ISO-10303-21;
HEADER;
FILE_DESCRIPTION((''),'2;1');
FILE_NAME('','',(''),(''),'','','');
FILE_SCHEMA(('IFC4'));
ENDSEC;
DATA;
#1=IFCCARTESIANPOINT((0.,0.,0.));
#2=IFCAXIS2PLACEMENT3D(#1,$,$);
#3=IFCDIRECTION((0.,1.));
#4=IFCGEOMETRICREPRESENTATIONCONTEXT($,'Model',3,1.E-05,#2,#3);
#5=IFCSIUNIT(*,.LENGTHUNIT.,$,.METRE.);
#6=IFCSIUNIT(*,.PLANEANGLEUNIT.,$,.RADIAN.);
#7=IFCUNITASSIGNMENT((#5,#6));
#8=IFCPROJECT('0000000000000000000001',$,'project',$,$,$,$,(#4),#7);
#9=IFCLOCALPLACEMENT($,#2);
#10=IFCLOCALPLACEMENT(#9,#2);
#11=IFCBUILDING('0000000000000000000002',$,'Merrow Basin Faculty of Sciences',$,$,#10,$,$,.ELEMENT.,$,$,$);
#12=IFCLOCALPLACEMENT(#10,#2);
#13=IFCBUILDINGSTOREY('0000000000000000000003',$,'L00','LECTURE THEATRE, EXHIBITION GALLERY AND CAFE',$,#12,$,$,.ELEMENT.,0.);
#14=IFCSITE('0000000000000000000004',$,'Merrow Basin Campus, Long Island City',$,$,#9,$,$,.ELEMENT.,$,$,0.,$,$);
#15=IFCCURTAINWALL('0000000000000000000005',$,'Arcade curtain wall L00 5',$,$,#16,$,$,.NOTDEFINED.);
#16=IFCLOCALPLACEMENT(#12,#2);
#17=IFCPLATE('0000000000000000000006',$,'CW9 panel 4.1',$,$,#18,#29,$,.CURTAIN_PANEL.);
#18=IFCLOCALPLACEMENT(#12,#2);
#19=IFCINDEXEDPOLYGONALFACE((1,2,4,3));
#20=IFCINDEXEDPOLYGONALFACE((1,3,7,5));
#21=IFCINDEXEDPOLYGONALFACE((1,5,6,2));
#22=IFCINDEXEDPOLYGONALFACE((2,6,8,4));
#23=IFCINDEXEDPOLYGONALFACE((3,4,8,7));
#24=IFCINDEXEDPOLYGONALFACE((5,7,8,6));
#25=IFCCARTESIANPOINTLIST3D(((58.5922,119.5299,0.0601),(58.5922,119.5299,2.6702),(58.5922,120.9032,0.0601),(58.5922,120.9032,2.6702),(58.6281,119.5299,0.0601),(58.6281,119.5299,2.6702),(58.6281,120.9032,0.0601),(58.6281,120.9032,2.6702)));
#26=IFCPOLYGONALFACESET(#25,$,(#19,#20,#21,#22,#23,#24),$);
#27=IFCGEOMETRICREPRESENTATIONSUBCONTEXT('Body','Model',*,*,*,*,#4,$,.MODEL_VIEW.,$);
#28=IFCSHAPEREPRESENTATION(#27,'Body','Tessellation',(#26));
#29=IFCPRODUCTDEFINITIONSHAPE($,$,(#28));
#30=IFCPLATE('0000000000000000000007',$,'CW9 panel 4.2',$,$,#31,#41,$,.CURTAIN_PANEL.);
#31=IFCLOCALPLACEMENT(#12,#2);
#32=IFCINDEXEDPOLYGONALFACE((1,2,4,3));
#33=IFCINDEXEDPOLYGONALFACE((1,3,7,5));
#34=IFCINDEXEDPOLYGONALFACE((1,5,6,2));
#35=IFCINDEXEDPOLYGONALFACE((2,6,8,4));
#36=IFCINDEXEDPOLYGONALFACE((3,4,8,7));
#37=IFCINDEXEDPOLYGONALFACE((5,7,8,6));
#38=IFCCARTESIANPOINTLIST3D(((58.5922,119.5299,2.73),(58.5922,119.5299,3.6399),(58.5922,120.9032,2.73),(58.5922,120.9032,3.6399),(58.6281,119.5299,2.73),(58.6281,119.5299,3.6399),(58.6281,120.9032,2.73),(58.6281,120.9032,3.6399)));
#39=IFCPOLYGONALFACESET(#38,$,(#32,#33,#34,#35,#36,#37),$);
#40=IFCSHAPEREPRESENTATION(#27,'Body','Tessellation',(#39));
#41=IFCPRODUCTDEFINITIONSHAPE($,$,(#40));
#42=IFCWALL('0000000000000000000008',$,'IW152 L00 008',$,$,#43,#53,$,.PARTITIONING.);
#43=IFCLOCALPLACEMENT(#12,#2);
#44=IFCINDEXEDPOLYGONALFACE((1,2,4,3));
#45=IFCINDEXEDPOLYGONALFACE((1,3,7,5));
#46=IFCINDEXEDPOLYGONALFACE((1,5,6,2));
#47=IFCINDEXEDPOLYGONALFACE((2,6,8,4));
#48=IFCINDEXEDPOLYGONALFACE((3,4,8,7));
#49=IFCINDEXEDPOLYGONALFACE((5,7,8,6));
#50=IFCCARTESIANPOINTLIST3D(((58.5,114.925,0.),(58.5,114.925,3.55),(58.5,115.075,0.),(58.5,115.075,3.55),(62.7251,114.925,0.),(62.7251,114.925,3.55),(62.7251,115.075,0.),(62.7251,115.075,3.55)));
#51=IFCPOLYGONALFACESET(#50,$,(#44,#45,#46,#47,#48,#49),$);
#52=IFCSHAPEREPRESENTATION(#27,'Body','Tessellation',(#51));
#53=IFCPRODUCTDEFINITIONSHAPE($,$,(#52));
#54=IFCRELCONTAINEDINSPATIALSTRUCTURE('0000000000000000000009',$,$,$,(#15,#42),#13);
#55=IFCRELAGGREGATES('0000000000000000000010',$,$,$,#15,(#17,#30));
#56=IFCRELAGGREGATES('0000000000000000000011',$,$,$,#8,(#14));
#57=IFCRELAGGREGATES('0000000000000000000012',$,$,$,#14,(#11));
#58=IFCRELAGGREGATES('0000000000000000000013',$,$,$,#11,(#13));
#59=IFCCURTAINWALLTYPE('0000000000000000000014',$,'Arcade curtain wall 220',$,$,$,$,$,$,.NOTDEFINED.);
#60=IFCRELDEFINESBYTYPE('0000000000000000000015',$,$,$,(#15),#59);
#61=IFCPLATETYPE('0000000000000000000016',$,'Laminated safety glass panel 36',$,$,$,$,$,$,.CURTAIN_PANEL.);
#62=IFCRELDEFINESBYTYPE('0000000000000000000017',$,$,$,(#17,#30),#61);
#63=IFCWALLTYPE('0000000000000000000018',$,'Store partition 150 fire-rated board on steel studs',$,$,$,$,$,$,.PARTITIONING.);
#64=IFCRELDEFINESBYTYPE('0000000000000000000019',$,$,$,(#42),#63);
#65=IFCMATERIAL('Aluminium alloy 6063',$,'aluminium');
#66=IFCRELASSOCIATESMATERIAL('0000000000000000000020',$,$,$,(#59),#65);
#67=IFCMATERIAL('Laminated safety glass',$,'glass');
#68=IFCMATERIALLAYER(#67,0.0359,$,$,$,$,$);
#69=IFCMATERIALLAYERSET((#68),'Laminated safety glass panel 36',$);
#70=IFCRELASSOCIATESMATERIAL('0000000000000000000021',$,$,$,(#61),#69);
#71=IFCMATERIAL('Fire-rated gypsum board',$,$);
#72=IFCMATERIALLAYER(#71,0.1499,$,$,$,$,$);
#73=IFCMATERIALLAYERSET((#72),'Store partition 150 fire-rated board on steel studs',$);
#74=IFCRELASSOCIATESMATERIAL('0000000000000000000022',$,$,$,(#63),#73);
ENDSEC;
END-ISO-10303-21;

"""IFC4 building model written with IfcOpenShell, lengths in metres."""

from ifc_helpers import new_model, si_unit, direction, frame, frame_2d, origin, origin_2d, place, context, subcontext, project, spatial, rectangle, extrude, material, layer, layer_set, type_object, element, aggregate, save


model = new_model("IFC4")

# Units and contexts
model_context = context("Model", 3, precision=1e-05, world=origin(), true_north=direction((0.0, 1.0)))
body_context = subcontext(model_context, "Body", "Model", "MODEL_VIEW")
ifc_project = project(units=[si_unit("LENGTHUNIT", "METRE"), si_unit("PLANEANGLEUNIT", "RADIAN")], contexts=[model_context])

# Site, building, storey
site_placement = place(None, origin())
site = spatial("IfcSite", under=ifc_project, at=site_placement, Name="Merrow Basin Campus, Long Island City", CompositionType="ELEMENT", RefElevation=0.0)
building_placement = place(site_placement, origin())
building = spatial("IfcBuilding", under=site, at=building_placement, Name="Merrow Basin Faculty of Sciences", CompositionType="ELEMENT")
storey_placement = place(building_placement, origin())
storey = spatial("IfcBuildingStorey", under=building, at=storey_placement, Name="L00", Description="LECTURE THEATRE, EXHIBITION GALLERY AND CAFE", CompositionType="ELEMENT", Elevation=0.0)

# Curtain wall, plates
ifc_material_1 = material(Name="Aluminium alloy 6063", Category="aluminium")
curtain_wall_type = type_object("IfcCurtainWallType", Name="Arcade curtain wall 220", PredefinedType="NOTDEFINED", material=ifc_material_1)
curtain_wall_placement = place(storey_placement, origin())
curtain_wall = element("IfcCurtainWall", 1, at=curtain_wall_placement, inside=storey, type_object=curtain_wall_type, Name="Arcade curtain wall L00 5", PredefinedType="NOTDEFINED")
ifc_material_2 = material(Name="Laminated safety glass", Category="glass")
ifc_layer_1 = layer(ifc_material_2, 0.0359)
ifc_layer_set_1 = layer_set([ifc_layer_1], Name="Laminated safety glass panel 36")
plate_type = type_object("IfcPlateType", Name="Laminated safety glass panel 36", PredefinedType="CURTAIN_PANEL", material=ifc_layer_set_1)
plate_1_placement = place(storey_placement, frame((58.6101, 120.2166, 0.0601), z_axis=(0.0, 0.0, 1.0), x_axis=(0.0, 1.0, 0.0)))
plate_1 = element("IfcPlate", 2, at=plate_1_placement, type_object=plate_type, Name="CW9 panel 4.1", PredefinedType="CURTAIN_PANEL", context=body_context, shape_type="SweptSolid", body=[
    extrude(rectangle(XDim=1.3733, YDim=0.0359, at=origin_2d()), origin(), (0.0, 0.0, 1.0), 2.6101),
])
plate_2_placement = place(storey_placement, frame((58.6101, 120.2166, 2.73), z_axis=(0.0, 0.0, 1.0), x_axis=(0.0, 1.0, 0.0)))
plate_2 = element("IfcPlate", 3, at=plate_2_placement, type_object=plate_type, Name="CW9 panel 4.2", PredefinedType="CURTAIN_PANEL", context=body_context, shape_type="SweptSolid", body=[
    extrude(rectangle(XDim=1.3733, YDim=0.0359, at=origin_2d()), origin(), (0.0, 0.0, 1.0), 0.9099),
])
aggregate(curtain_wall, [plate_1, plate_2])

# Wall
ifc_material_3 = material(Name="Fire-rated gypsum board")
ifc_layer_2 = layer(ifc_material_3, 0.1499)
ifc_layer_set_2 = layer_set([ifc_layer_2], Name="Store partition 150 fire-rated board on steel studs")
wall_type = type_object("IfcWallType", Name="Store partition 150 fire-rated board on steel studs", PredefinedType="PARTITIONING", material=ifc_layer_set_2)
wall_placement = place(storey_placement, frame((58.5, 115.0, 0.0), z_axis=(0.0, 0.0, 1.0), x_axis=(1.0, 0.0, 0.0)))
element("IfcWall", 4, at=wall_placement, inside=storey, type_object=wall_type, Name="IW152 L00 008", PredefinedType="PARTITIONING", context=body_context, shape_type="SweptSolid", body=[
    extrude(rectangle(XDim=4.2251, YDim=0.1499, at=frame_2d((2.1125, 0.0))), origin(), (0.0, 0.0, 1.0), 3.55),
])

save(model, "model.ifc")
